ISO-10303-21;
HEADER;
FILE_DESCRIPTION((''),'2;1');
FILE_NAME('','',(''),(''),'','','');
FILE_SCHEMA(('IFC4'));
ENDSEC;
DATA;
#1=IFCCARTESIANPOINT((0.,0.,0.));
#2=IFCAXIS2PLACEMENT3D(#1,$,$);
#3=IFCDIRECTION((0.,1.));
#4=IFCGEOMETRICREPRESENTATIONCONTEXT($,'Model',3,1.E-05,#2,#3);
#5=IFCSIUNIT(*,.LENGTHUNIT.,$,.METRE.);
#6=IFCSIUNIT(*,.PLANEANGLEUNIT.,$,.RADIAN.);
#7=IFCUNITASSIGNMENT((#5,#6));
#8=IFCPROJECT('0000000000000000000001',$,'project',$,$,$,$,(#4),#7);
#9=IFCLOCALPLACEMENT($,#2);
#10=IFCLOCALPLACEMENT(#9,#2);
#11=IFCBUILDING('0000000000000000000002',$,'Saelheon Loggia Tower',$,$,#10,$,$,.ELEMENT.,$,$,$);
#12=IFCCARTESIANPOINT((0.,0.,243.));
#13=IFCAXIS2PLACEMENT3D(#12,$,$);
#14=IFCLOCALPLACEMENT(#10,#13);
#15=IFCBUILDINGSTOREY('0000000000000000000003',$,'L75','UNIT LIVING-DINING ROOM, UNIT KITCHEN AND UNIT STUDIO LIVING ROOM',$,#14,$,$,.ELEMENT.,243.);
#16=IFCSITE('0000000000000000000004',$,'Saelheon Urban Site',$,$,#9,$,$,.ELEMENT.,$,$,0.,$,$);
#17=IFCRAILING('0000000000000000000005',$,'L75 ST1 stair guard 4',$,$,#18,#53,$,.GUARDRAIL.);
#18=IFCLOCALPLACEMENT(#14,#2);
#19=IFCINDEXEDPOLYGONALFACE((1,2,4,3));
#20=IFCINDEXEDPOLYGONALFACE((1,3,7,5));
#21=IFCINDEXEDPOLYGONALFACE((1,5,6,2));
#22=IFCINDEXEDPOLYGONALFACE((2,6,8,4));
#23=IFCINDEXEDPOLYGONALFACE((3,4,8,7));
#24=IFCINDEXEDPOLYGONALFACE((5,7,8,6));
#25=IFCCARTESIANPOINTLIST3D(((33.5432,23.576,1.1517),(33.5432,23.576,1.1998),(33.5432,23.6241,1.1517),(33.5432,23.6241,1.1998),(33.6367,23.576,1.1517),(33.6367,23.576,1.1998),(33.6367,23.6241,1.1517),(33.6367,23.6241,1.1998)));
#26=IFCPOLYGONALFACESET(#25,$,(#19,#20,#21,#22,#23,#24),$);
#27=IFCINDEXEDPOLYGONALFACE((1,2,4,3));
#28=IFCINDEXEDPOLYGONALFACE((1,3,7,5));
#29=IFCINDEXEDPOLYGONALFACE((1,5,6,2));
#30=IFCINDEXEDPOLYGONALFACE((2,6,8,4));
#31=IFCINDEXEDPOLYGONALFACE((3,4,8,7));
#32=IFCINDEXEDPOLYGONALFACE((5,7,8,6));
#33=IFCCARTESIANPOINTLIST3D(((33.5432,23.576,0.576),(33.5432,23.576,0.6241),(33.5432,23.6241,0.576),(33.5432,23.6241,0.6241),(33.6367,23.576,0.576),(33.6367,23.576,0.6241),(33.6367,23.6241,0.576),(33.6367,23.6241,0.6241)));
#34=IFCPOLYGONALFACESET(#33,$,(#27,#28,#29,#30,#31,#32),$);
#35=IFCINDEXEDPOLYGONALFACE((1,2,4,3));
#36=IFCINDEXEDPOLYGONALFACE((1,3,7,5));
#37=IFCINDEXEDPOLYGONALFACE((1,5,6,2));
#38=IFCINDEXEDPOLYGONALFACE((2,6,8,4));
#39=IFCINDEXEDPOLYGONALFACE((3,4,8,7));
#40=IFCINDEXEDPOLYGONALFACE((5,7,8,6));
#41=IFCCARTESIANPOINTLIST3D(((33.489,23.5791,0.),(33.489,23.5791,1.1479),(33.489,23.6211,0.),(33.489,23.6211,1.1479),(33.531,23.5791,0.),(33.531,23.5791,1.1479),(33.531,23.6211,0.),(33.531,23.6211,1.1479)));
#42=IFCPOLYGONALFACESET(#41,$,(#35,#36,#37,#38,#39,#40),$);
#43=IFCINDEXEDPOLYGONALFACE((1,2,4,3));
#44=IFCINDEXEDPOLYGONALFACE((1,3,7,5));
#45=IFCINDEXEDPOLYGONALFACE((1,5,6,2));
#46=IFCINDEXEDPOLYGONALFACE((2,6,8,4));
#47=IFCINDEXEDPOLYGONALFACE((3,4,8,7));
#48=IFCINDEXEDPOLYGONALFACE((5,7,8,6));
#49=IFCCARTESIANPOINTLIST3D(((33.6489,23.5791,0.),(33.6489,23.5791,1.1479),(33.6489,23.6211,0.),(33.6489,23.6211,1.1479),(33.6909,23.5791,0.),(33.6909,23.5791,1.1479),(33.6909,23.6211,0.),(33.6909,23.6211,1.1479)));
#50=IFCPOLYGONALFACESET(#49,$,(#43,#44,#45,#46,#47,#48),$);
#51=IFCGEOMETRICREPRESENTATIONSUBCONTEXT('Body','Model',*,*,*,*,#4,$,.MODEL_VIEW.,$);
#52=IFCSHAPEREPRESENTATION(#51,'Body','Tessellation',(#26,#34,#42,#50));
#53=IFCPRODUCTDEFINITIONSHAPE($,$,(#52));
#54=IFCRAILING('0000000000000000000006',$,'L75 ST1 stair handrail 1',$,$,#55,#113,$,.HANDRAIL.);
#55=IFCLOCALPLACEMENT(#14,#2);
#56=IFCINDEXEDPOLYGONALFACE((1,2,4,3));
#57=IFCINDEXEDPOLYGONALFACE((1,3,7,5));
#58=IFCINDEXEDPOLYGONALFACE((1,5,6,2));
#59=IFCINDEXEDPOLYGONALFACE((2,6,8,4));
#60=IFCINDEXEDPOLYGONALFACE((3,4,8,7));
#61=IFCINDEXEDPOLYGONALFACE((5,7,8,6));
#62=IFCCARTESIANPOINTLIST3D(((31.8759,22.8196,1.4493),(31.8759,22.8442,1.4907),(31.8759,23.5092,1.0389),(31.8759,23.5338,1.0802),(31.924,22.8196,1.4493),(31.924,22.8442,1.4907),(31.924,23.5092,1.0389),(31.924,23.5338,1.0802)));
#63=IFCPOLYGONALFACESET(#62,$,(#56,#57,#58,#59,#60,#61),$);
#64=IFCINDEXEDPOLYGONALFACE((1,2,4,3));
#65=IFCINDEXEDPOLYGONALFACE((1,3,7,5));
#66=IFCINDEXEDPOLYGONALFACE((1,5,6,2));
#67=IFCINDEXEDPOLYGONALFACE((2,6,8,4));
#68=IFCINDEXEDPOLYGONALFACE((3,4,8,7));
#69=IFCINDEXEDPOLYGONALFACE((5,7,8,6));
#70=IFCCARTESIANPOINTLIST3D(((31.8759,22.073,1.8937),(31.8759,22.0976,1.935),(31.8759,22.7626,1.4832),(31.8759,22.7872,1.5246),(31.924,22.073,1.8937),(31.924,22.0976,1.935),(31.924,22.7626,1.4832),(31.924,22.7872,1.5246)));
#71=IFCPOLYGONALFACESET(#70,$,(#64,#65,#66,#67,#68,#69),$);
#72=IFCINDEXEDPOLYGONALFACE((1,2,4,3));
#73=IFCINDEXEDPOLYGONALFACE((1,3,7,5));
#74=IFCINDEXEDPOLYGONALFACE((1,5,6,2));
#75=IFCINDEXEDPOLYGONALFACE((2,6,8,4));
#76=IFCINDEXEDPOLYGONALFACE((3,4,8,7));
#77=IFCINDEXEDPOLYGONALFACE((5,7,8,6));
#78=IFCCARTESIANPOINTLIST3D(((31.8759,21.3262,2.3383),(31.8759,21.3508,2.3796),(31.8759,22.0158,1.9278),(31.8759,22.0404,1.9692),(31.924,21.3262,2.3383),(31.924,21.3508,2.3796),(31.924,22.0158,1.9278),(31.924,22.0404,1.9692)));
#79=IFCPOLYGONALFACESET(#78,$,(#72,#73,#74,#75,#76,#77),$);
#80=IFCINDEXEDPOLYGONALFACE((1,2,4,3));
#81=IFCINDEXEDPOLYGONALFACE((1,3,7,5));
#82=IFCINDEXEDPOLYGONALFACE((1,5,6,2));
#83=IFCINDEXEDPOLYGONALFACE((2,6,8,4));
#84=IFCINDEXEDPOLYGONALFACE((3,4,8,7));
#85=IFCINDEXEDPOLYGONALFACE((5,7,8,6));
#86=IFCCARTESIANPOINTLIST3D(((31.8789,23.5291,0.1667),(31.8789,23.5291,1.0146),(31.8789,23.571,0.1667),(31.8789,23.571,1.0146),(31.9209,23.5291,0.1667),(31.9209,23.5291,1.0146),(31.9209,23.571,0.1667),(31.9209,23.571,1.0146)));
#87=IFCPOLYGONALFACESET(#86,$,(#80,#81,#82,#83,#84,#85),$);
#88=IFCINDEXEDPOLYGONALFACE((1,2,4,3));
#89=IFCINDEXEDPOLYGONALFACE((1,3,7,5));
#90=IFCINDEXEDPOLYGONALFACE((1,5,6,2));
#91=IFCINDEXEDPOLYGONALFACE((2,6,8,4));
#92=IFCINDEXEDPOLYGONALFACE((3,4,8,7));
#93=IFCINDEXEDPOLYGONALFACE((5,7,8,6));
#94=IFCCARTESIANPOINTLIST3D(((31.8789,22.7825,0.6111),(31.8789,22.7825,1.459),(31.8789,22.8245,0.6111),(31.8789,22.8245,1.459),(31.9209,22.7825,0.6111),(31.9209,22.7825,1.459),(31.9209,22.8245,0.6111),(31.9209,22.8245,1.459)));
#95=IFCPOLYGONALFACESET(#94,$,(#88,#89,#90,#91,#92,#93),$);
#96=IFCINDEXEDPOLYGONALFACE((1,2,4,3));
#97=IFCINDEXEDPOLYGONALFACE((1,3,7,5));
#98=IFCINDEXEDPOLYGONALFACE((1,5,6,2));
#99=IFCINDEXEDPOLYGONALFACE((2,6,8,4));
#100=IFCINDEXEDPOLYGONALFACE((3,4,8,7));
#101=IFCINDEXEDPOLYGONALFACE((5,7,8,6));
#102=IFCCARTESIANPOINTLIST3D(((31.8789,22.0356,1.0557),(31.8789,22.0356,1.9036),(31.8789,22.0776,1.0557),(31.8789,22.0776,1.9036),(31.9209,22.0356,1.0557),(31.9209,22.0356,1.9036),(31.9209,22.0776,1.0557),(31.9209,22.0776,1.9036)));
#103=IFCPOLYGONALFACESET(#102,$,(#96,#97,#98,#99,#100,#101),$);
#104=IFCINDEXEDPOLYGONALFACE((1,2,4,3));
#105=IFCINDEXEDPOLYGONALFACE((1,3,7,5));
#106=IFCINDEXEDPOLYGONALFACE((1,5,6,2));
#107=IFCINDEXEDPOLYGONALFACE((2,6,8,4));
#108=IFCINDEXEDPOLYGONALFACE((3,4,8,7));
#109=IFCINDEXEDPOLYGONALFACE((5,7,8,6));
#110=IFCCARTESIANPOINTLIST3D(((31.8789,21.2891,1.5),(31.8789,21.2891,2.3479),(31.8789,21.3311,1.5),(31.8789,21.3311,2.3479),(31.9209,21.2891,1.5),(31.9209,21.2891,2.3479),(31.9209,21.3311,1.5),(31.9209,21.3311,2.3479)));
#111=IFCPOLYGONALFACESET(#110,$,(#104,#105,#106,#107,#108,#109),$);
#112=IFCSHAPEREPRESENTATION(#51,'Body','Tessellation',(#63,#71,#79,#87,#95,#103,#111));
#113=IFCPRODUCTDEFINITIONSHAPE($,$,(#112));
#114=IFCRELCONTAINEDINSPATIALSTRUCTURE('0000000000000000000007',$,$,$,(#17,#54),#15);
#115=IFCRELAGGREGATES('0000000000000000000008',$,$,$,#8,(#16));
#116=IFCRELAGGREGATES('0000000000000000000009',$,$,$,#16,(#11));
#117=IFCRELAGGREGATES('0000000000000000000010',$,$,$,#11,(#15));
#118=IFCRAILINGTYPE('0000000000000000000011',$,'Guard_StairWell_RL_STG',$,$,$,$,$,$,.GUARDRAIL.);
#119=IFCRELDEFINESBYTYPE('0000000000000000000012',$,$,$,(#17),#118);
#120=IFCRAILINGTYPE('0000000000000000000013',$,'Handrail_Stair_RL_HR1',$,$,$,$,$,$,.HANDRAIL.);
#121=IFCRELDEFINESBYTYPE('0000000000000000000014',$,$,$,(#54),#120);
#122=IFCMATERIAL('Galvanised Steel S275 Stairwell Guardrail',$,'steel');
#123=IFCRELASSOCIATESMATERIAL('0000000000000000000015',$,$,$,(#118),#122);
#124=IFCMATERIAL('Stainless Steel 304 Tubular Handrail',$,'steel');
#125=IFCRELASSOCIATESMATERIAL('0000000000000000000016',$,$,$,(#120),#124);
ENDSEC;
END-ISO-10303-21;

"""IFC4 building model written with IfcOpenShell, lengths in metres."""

from ifc_helpers import new_model, si_unit, direction, frame, origin, origin_2d, place, context, subcontext, project, spatial, rectangle, extrude, material, type_object, element, save


model = new_model("IFC4")

# Units and contexts
model_context = context("Model", 3, precision=1e-05, world=origin(), true_north=direction((0.0, 1.0)))
body_context = subcontext(model_context, "Body", "Model", "MODEL_VIEW")
ifc_project = project(units=[si_unit("LENGTHUNIT", "METRE"), si_unit("PLANEANGLEUNIT", "RADIAN")], contexts=[model_context])

# Site, building, storey
site_placement = place(None, origin())
site = spatial("IfcSite", under=ifc_project, at=site_placement, Name="Saelheon Urban Site", CompositionType="ELEMENT", RefElevation=0.0)
building_placement = place(site_placement, origin())
building = spatial("IfcBuilding", under=site, at=building_placement, Name="Saelheon Loggia Tower", CompositionType="ELEMENT")
storey_placement = place(building_placement, frame((0.0, 0.0, 243.0)))
storey = spatial("IfcBuildingStorey", under=building, at=storey_placement, Name="L75", Description="UNIT LIVING-DINING ROOM, UNIT KITCHEN AND UNIT STUDIO LIVING ROOM", CompositionType="ELEMENT", Elevation=243.0)

# Railings
ifc_material_1 = material(Name="Galvanised Steel S275 Stairwell Guardrail", Category="steel")
railing_type_1 = type_object("IfcRailingType", Name="Guard_StairWell_RL_STG", PredefinedType="GUARDRAIL", material=ifc_material_1)
railing_1_placement = place(storey_placement, frame((33.51, 23.6001, 0.0)))
element("IfcRailing", 1, at=railing_1_placement, inside=storey, type_object=railing_type_1, Name="L75 ST1 stair guard 4", PredefinedType="GUARDRAIL", context=body_context, shape_type="SweptSolid", body=[
    extrude(rectangle(XDim=0.0481, YDim=0.0481, at=origin_2d()), frame((0.0332, 0.0, 1.1758), z_axis=(1.0, 0.0, 0.0), x_axis=(0.0, 1.0, 0.0)), (0.0, 0.0, 1.0), 0.0935),
    extrude(rectangle(XDim=0.0481, YDim=0.0481, at=origin_2d()), frame((0.0332, 0.0, 0.6001), z_axis=(1.0, 0.0, 0.0), x_axis=(0.0, 1.0, 0.0)), (0.0, 0.0, 1.0), 0.0935),
    extrude(rectangle(XDim=0.042, YDim=0.042, at=origin_2d()), origin(), (0.0, 0.0, 1.0), 1.1479),
    extrude(rectangle(XDim=0.042, YDim=0.042, at=origin_2d()), frame((0.1599, 0.0, 0.0)), (0.0, 0.0, 1.0), 1.1479),
])
ifc_material_2 = material(Name="Stainless Steel 304 Tubular Handrail", Category="steel")
railing_type_2 = type_object("IfcRailingType", Name="Handrail_Stair_RL_HR1", PredefinedType="HANDRAIL", material=ifc_material_2)
railing_2_placement = place(storey_placement, frame((31.8999, 23.55, 0.1667)))
element("IfcRailing", 2, at=railing_2_placement, inside=storey, type_object=railing_type_2, Name="L75 ST1 stair handrail 1", PredefinedType="HANDRAIL", context=body_context, shape_type="SweptSolid", body=[
    extrude(rectangle(XDim=0.0481, YDim=0.0481, at=origin_2d()), frame((0.0, -0.0286, 0.8928), z_axis=(0.0, -0.859306, 0.511462), x_axis=(1.0, 0.0, 0.0)), (0.0, 0.0, 1.0), 0.8025),
    extrude(rectangle(XDim=0.0481, YDim=0.0481, at=origin_2d()), frame((0.0, -0.7751, 1.3372), z_axis=(0.0, -0.859306, 0.511462), x_axis=(1.0, 0.0, 0.0)), (0.0, 0.0, 1.0), 0.8025),
    extrude(rectangle(XDim=0.0481, YDim=0.0481, at=origin_2d()), frame((0.0, -1.522, 1.7817), z_axis=(0.0, -0.859306, 0.511462), x_axis=(1.0, 0.0, 0.0)), (0.0, 0.0, 1.0), 0.8025),
    extrude(rectangle(XDim=0.042, YDim=0.042, at=origin_2d()), origin(), (0.0, 0.0, 1.0), 0.8479),
    extrude(rectangle(XDim=0.042, YDim=0.042, at=origin_2d()), frame((0.0, -0.7466, 0.4443)), (0.0, 0.0, 1.0), 0.8479),
    extrude(rectangle(XDim=0.042, YDim=0.042, at=origin_2d()), frame((0.0, -1.4934, 0.8889)), (0.0, 0.0, 1.0), 0.8479),
    extrude(rectangle(XDim=0.042, YDim=0.042, at=origin_2d()), frame((0.0, -2.24, 1.3333)), (0.0, 0.0, 1.0), 0.8479),
])

save(model, "model.ifc")
